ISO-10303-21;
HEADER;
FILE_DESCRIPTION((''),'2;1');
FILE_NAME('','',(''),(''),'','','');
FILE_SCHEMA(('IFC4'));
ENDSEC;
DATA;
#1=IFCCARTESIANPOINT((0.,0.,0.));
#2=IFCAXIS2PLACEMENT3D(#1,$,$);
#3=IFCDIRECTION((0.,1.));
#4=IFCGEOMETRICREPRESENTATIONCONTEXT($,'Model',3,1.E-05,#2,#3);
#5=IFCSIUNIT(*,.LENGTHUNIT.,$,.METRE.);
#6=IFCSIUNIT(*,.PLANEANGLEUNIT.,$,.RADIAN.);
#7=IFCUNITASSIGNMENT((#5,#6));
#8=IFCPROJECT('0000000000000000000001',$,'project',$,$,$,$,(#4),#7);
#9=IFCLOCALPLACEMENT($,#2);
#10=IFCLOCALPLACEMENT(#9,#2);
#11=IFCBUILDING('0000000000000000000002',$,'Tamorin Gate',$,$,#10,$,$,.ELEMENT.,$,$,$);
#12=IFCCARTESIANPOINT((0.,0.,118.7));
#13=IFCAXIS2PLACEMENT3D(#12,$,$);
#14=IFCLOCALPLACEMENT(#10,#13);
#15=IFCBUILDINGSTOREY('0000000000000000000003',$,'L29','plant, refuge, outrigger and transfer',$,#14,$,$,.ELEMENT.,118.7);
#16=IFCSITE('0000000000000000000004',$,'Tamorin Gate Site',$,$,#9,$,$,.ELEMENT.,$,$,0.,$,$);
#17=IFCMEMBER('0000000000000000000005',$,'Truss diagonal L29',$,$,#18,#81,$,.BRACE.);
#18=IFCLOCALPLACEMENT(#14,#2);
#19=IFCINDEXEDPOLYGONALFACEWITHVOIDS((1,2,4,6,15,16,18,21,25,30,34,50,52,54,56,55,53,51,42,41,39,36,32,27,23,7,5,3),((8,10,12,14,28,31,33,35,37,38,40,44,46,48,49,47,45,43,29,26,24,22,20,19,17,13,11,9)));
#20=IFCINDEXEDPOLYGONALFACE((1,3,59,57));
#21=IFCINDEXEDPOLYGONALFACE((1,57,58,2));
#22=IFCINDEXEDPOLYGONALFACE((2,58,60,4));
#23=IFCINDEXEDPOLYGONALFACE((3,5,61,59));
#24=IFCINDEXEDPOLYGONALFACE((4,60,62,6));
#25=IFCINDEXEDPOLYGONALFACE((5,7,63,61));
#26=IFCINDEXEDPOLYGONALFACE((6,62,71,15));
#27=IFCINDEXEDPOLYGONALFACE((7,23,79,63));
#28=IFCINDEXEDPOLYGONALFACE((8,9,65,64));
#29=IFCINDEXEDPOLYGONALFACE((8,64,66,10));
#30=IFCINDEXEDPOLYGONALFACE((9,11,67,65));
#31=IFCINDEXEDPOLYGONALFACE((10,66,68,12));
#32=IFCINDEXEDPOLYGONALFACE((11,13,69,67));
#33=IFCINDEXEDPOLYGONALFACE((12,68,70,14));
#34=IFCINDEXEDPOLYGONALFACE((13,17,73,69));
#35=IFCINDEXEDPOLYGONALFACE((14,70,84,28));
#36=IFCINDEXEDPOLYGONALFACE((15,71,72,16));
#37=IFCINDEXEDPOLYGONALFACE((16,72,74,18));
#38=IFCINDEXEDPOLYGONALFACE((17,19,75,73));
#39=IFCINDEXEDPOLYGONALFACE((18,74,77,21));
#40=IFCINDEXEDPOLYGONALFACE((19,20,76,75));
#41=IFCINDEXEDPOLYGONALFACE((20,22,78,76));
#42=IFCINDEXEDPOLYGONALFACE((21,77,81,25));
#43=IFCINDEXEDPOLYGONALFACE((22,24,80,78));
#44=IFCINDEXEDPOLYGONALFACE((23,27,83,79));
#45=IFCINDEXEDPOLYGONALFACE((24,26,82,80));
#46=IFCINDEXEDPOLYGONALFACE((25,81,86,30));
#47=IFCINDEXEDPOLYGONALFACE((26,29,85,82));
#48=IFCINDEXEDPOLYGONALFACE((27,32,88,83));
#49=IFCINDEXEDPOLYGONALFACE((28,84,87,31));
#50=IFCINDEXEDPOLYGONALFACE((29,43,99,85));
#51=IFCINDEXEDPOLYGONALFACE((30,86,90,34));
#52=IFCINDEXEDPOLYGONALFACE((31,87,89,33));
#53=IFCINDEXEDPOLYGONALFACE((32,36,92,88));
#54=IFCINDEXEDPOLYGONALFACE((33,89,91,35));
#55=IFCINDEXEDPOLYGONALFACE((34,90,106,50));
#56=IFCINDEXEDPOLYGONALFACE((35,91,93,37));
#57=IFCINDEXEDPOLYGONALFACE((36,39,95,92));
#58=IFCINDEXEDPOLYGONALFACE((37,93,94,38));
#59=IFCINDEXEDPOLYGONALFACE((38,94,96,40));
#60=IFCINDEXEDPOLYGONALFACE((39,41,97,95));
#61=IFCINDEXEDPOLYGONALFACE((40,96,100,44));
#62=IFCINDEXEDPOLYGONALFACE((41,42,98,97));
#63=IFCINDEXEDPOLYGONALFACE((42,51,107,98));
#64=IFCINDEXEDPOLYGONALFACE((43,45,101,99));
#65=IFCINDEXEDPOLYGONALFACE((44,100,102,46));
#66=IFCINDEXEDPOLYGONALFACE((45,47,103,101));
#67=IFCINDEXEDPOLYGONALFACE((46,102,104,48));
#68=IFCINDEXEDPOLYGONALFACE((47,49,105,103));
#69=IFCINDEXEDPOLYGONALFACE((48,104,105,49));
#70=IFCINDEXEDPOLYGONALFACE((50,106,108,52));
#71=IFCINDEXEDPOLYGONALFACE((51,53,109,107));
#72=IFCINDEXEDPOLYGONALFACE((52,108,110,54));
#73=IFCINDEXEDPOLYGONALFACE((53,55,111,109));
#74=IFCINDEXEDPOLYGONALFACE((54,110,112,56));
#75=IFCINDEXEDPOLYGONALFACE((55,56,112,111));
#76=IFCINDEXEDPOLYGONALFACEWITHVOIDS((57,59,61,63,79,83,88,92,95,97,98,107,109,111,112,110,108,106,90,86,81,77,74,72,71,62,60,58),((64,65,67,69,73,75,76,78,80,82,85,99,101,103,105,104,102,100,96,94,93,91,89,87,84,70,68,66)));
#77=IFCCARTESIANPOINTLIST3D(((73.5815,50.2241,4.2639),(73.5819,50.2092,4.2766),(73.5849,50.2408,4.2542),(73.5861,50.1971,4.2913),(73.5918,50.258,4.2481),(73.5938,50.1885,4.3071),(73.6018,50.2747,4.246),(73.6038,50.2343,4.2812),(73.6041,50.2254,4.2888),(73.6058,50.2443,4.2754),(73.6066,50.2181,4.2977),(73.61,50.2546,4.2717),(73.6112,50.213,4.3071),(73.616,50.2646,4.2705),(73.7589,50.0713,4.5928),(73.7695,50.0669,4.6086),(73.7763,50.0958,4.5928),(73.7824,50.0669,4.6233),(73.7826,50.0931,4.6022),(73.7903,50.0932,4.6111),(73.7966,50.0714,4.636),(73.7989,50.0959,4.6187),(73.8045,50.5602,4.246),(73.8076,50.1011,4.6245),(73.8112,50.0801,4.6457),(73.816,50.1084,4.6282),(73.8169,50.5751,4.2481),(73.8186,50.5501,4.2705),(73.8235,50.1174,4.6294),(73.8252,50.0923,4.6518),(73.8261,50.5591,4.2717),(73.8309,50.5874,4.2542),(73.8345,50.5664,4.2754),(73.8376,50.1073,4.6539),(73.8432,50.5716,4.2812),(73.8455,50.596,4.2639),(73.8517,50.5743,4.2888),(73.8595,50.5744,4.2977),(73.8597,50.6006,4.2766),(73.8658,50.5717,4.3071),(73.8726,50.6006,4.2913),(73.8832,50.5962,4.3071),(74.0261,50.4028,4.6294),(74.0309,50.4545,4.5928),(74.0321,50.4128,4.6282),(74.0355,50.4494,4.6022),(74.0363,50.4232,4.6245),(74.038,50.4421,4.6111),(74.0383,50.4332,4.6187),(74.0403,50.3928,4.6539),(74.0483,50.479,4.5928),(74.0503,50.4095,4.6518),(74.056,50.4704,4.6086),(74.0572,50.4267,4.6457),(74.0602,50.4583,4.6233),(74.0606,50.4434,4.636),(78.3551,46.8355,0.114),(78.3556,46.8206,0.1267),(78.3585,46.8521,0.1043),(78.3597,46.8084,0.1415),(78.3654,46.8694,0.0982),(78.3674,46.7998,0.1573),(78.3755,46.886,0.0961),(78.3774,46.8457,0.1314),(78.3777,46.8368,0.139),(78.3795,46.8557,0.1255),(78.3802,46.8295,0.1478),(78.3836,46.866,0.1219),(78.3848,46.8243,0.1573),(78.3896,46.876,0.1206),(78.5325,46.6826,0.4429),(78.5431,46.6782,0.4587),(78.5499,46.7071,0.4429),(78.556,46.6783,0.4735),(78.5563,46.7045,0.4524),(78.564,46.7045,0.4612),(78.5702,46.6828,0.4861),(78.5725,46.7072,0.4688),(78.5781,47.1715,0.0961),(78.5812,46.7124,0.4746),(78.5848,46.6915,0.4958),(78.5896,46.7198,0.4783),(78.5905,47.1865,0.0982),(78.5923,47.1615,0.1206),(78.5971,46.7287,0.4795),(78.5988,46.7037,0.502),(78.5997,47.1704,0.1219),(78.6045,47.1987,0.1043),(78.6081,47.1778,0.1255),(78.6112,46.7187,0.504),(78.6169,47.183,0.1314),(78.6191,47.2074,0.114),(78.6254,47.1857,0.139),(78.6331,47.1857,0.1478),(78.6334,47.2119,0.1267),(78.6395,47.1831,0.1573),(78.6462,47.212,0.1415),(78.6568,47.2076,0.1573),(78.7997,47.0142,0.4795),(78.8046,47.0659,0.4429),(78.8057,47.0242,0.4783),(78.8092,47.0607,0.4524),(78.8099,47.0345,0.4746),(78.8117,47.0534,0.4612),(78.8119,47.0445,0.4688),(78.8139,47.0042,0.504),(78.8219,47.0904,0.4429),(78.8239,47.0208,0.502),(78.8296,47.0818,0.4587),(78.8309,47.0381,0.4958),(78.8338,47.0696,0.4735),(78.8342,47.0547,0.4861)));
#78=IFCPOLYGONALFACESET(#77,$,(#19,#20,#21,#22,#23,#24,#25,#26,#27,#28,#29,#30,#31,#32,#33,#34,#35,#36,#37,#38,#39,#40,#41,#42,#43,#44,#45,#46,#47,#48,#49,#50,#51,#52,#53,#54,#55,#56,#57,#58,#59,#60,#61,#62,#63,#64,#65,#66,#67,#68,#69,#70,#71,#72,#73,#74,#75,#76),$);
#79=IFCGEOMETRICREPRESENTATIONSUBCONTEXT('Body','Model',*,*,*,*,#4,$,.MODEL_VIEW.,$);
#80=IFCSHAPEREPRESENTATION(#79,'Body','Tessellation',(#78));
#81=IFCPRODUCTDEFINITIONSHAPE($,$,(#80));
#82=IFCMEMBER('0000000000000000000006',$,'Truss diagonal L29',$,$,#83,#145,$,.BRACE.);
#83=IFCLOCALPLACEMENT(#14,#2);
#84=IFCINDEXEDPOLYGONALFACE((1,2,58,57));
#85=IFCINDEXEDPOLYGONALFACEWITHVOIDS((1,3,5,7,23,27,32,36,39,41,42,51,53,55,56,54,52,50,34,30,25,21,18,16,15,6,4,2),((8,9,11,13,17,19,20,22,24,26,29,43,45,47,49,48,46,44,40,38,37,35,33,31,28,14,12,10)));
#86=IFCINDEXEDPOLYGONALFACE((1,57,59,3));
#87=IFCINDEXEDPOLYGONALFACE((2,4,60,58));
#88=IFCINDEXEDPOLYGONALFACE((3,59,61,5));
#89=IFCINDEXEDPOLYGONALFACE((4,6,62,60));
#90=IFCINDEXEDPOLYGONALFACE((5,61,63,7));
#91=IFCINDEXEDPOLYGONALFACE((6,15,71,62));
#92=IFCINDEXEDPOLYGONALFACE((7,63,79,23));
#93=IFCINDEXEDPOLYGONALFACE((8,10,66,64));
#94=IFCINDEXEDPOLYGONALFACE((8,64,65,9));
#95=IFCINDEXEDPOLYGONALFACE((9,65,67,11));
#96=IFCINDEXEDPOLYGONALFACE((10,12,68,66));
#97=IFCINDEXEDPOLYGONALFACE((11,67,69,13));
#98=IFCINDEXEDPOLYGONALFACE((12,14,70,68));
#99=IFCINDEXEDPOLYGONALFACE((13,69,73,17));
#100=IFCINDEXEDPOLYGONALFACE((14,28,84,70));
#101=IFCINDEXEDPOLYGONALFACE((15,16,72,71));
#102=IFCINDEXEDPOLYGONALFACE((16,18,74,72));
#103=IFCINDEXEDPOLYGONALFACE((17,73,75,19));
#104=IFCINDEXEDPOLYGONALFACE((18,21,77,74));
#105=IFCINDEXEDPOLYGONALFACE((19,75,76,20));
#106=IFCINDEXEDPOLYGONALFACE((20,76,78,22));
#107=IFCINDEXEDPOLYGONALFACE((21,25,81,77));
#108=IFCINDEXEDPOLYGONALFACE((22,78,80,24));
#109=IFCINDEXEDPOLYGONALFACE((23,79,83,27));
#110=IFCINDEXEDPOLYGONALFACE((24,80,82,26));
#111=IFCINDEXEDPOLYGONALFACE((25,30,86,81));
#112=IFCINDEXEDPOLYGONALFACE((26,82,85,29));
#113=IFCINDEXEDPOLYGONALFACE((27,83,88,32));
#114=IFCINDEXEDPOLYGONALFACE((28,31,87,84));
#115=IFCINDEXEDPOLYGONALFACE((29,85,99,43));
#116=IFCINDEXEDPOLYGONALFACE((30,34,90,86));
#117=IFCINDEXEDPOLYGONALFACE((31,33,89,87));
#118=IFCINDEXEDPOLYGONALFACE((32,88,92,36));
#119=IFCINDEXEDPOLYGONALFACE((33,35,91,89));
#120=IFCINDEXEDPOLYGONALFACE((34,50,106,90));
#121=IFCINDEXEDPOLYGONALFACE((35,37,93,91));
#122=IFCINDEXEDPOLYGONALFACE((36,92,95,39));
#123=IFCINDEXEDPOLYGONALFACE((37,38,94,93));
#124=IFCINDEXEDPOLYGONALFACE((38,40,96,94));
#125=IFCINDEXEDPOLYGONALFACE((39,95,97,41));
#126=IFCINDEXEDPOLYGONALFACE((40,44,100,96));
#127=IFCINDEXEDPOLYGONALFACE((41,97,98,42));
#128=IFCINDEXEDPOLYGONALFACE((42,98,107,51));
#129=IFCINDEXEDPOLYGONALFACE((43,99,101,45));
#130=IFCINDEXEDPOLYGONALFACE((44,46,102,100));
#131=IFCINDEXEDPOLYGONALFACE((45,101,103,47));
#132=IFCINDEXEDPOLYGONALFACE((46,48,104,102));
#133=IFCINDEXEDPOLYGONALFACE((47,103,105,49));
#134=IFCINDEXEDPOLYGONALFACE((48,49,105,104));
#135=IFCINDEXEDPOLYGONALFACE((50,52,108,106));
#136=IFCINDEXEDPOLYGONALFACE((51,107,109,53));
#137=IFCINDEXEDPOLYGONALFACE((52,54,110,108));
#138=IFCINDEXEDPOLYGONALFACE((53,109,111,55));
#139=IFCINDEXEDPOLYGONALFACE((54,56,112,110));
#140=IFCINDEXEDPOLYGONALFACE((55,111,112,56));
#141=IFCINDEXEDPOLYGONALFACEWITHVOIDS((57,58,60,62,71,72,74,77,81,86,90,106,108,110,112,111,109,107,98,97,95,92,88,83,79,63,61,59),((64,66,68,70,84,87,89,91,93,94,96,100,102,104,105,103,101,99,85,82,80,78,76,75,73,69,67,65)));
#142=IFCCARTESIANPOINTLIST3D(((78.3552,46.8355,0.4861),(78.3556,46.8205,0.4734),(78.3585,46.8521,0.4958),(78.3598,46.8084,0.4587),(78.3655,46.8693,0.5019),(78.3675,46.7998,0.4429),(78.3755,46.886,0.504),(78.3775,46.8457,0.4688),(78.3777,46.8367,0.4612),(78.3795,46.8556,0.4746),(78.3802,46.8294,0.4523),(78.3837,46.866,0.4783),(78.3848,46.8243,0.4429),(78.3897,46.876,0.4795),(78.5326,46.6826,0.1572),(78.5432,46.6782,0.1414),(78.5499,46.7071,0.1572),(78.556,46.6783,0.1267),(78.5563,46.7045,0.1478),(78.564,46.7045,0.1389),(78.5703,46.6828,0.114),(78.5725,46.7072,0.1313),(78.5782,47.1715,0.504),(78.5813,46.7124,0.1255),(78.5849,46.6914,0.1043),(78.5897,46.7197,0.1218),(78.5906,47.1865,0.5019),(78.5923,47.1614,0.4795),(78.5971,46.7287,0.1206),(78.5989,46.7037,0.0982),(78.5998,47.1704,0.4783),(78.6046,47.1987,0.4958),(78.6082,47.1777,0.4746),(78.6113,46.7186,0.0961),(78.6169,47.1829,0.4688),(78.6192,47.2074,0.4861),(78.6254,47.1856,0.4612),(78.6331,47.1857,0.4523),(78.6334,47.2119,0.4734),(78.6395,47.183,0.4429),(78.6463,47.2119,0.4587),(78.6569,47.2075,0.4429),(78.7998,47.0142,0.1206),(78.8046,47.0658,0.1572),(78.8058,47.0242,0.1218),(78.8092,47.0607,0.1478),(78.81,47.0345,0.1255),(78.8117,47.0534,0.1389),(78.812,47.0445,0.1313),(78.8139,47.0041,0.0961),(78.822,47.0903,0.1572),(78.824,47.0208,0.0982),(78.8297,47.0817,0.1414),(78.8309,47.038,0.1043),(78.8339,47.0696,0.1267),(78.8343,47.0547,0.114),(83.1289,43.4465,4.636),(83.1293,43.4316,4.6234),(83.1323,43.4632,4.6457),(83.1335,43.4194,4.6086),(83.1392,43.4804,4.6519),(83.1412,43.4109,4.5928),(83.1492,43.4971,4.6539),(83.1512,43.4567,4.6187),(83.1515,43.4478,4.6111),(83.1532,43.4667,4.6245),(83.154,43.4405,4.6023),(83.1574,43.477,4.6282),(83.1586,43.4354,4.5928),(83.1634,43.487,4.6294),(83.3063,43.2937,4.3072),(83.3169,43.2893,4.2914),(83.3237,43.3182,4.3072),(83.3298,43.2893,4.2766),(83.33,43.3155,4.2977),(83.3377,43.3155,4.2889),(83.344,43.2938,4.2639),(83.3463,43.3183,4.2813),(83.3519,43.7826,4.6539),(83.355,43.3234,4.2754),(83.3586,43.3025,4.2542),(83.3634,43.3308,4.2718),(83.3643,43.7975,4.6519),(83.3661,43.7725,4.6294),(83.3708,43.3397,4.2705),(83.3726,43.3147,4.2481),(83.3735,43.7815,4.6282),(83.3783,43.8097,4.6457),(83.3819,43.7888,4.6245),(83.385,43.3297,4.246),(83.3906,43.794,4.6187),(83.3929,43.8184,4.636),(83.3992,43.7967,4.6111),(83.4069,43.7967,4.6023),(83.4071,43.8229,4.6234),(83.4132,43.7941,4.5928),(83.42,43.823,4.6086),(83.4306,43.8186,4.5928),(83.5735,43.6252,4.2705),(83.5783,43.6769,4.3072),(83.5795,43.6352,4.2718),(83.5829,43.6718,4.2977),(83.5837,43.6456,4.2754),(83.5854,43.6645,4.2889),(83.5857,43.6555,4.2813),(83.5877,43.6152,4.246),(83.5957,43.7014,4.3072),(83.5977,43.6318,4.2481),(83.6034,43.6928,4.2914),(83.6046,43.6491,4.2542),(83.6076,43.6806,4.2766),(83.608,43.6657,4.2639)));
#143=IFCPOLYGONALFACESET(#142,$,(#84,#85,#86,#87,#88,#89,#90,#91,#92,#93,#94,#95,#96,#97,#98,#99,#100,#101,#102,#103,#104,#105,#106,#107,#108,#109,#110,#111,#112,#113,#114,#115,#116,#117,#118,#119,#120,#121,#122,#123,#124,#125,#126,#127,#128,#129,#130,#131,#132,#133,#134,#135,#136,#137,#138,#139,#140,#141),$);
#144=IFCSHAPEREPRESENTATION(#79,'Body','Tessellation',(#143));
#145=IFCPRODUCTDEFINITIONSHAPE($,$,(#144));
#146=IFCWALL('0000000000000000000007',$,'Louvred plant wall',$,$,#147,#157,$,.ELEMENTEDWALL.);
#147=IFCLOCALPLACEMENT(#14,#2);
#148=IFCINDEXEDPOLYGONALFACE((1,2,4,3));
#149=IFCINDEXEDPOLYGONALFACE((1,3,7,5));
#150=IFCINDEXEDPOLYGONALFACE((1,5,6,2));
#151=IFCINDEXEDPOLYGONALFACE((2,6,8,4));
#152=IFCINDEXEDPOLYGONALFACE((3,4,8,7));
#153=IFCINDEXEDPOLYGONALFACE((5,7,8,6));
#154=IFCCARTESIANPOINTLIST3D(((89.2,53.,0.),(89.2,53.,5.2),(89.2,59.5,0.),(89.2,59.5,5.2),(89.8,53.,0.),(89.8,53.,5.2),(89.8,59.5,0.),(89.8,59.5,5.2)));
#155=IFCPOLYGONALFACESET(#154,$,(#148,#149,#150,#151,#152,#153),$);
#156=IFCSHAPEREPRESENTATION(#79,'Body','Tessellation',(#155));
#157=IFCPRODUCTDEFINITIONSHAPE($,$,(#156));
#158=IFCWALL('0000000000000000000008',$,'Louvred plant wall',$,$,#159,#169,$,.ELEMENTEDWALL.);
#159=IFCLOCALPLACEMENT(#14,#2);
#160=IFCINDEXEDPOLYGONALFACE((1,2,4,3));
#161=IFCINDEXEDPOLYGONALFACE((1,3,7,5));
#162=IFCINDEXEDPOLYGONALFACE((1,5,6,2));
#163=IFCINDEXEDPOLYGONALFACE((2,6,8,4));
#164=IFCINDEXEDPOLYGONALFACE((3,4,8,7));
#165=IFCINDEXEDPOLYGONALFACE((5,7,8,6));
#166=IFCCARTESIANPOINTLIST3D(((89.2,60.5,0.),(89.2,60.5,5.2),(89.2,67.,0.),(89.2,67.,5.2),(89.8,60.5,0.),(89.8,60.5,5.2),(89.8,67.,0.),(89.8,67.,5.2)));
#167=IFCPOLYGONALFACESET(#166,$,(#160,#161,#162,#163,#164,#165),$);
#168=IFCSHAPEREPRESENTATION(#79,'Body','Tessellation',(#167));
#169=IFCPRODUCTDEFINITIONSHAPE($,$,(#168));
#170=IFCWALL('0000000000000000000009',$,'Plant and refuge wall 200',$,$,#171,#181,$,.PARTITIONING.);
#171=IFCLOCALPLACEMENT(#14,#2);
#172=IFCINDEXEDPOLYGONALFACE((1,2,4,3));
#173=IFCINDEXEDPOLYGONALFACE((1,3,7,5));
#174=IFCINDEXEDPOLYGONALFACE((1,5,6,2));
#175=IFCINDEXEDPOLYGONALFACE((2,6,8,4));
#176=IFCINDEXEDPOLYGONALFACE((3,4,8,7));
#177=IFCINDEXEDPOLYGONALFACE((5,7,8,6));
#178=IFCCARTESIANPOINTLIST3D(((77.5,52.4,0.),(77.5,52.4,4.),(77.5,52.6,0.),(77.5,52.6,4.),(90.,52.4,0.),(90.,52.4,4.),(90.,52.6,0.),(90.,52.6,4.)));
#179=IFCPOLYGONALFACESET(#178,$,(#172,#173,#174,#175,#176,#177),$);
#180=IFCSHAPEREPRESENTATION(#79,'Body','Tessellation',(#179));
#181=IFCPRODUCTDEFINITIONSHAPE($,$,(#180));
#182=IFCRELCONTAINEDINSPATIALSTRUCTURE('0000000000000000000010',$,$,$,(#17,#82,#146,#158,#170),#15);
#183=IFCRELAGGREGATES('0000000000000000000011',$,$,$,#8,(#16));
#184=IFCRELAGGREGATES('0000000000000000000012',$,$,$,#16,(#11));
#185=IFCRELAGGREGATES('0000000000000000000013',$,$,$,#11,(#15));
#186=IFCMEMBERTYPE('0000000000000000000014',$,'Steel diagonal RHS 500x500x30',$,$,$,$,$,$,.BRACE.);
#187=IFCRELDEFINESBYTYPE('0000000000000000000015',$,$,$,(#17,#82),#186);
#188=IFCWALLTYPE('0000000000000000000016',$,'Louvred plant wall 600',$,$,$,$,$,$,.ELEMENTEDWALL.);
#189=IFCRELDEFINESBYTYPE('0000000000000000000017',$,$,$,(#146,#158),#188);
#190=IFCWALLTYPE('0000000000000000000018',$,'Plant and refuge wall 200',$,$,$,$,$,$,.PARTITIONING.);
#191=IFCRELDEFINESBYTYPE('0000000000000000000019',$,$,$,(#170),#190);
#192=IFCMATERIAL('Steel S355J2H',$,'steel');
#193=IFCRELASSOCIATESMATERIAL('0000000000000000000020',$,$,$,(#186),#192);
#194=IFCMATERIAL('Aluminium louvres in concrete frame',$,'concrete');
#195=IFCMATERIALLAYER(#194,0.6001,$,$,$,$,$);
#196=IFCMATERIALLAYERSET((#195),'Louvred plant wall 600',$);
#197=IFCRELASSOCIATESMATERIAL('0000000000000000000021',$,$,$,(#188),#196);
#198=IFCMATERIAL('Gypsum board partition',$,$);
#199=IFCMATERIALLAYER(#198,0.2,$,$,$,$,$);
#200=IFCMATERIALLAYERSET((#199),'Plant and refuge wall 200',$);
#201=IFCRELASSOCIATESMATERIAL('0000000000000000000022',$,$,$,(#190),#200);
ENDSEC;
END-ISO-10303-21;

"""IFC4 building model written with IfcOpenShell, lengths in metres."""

from ifc_helpers import new_model, si_unit, direction, frame, frame_2d, origin, origin_2d, place, context, subcontext, project, spatial, rectangle, hollow_rectangle, extrude, material, layer, layer_set, material_profile, profile_set, type_object, element, save


model = new_model("IFC4")

# Units and contexts
model_context = context("Model", 3, precision=1e-05, world=origin(), true_north=direction((0.0, 1.0)))
body_context = subcontext(model_context, "Body", "Model", "MODEL_VIEW")
ifc_project = project(units=[si_unit("LENGTHUNIT", "METRE"), si_unit("PLANEANGLEUNIT", "RADIAN")], contexts=[model_context])

# Site, building, storey
site_placement = place(None, origin())
site = spatial("IfcSite", under=ifc_project, at=site_placement, Name="Tamorin Gate Site", CompositionType="ELEMENT", RefElevation=0.0)
building_placement = place(site_placement, origin())
building = spatial("IfcBuilding", under=site, at=building_placement, Name="Tamorin Gate", CompositionType="ELEMENT")
storey_placement = place(building_placement, frame((0.0, 0.0, 118.7)))
storey = spatial("IfcBuildingStorey", under=building, at=storey_placement, Name="L29", Description="plant, refuge, outrigger and transfer", CompositionType="ELEMENT", Elevation=118.7)

# Members
ifc_material_1 = material(Name="Steel S355J2H", Category="steel")
ifc_material_profile_1 = material_profile(ifc_material_1, hollow_rectangle(XDim=0.5, YDim=0.5, WallThickness=0.03, InnerFilletRadius=0.0449, OuterFilletRadius=0.075, at=origin_2d()), Name="RHS 500x500x30")
ifc_profile_set_1 = profile_set([ifc_material_profile_1], Name="Steel S355J2H")
member_type = type_object("IfcMemberType", Name="Steel diagonal RHS 500x500x30", PredefinedType="BRACE", material=ifc_profile_set_1)
member_1_placement = place(storey_placement, frame((73.821, 50.3337, 4.45), z_axis=(0.665243, -0.472233, -0.578315), x_axis=(0.578849, 0.815435, 0.0)))
element("IfcMember", 1, at=member_1_placement, inside=storey, type_object=member_type, Name="Truss diagonal L29", PredefinedType="BRACE", context=body_context, shape_type="SweptSolid", body=[
    extrude(hollow_rectangle(XDim=0.5, YDim=0.5, WallThickness=0.03, InnerFilletRadius=0.0449, OuterFilletRadius=0.075, at=origin_2d()), origin(), (0.0, 0.0, 1.0), 7.1758),
])
member_2_placement = place(storey_placement, frame((78.5947, 46.9451, 0.3), z_axis=(0.665232, -0.472259, 0.578306), x_axis=(0.578877, 0.815415, 0.0)))
element("IfcMember", 2, at=member_2_placement, inside=storey, type_object=member_type, Name="Truss diagonal L29", PredefinedType="BRACE", context=body_context, shape_type="SweptSolid", body=[
    extrude(hollow_rectangle(XDim=0.5, YDim=0.5, WallThickness=0.03, InnerFilletRadius=0.0449, OuterFilletRadius=0.075, at=origin_2d()), origin(), (0.0, 0.0, 1.0), 7.176),
])

# Walls
ifc_material_2 = material(Name="Aluminium louvres in concrete frame", Category="concrete")
ifc_layer_1 = layer(ifc_material_2, 0.6001)
ifc_layer_set_1 = layer_set([ifc_layer_1], Name="Louvred plant wall 600")
wall_type_1 = type_object("IfcWallType", Name="Louvred plant wall 600", PredefinedType="ELEMENTEDWALL", material=ifc_layer_set_1)
for number, where, z_axis, x_axis, name in (
    (3, (89.5, 53.0, 0.0), (0.0, 0.0, 1.0), (0.0, 1.0, 0.0), "Louvred plant wall"),
    (4, (89.5, 60.5, 0.0), (0.0, 0.0, 1.0), (0.0, 1.0, 0.0), "Louvred plant wall"),
):
    element("IfcWall", number, at=place(storey_placement, frame(where, z_axis=z_axis, x_axis=x_axis)), inside=storey, type_object=wall_type_1, Name=name, PredefinedType="ELEMENTEDWALL", context=body_context, shape_type="SweptSolid", body=[
        extrude(rectangle(XDim=6.5, YDim=0.6001, at=frame_2d((3.25, 0.0))), origin(), (0.0, 0.0, 1.0), 5.2),
    ])
ifc_material_3 = material(Name="Gypsum board partition")
ifc_layer_2 = layer(ifc_material_3, 0.2)
ifc_layer_set_2 = layer_set([ifc_layer_2], Name="Plant and refuge wall 200")
wall_type_2 = type_object("IfcWallType", Name="Plant and refuge wall 200", PredefinedType="PARTITIONING", material=ifc_layer_set_2)
wall_1_placement = place(storey_placement, frame((77.5, 52.5, 0.0), z_axis=(0.0, 0.0, 1.0), x_axis=(1.0, 0.0, 0.0)))
element("IfcWall", 5, at=wall_1_placement, inside=storey, type_object=wall_type_2, Name="Plant and refuge wall 200", PredefinedType="PARTITIONING", context=body_context, shape_type="SweptSolid", body=[
    extrude(rectangle(XDim=12.5, YDim=0.2, at=frame_2d((6.25, 0.0))), origin(), (0.0, 0.0, 1.0), 4.0),
])

save(model, "model.ifc")
